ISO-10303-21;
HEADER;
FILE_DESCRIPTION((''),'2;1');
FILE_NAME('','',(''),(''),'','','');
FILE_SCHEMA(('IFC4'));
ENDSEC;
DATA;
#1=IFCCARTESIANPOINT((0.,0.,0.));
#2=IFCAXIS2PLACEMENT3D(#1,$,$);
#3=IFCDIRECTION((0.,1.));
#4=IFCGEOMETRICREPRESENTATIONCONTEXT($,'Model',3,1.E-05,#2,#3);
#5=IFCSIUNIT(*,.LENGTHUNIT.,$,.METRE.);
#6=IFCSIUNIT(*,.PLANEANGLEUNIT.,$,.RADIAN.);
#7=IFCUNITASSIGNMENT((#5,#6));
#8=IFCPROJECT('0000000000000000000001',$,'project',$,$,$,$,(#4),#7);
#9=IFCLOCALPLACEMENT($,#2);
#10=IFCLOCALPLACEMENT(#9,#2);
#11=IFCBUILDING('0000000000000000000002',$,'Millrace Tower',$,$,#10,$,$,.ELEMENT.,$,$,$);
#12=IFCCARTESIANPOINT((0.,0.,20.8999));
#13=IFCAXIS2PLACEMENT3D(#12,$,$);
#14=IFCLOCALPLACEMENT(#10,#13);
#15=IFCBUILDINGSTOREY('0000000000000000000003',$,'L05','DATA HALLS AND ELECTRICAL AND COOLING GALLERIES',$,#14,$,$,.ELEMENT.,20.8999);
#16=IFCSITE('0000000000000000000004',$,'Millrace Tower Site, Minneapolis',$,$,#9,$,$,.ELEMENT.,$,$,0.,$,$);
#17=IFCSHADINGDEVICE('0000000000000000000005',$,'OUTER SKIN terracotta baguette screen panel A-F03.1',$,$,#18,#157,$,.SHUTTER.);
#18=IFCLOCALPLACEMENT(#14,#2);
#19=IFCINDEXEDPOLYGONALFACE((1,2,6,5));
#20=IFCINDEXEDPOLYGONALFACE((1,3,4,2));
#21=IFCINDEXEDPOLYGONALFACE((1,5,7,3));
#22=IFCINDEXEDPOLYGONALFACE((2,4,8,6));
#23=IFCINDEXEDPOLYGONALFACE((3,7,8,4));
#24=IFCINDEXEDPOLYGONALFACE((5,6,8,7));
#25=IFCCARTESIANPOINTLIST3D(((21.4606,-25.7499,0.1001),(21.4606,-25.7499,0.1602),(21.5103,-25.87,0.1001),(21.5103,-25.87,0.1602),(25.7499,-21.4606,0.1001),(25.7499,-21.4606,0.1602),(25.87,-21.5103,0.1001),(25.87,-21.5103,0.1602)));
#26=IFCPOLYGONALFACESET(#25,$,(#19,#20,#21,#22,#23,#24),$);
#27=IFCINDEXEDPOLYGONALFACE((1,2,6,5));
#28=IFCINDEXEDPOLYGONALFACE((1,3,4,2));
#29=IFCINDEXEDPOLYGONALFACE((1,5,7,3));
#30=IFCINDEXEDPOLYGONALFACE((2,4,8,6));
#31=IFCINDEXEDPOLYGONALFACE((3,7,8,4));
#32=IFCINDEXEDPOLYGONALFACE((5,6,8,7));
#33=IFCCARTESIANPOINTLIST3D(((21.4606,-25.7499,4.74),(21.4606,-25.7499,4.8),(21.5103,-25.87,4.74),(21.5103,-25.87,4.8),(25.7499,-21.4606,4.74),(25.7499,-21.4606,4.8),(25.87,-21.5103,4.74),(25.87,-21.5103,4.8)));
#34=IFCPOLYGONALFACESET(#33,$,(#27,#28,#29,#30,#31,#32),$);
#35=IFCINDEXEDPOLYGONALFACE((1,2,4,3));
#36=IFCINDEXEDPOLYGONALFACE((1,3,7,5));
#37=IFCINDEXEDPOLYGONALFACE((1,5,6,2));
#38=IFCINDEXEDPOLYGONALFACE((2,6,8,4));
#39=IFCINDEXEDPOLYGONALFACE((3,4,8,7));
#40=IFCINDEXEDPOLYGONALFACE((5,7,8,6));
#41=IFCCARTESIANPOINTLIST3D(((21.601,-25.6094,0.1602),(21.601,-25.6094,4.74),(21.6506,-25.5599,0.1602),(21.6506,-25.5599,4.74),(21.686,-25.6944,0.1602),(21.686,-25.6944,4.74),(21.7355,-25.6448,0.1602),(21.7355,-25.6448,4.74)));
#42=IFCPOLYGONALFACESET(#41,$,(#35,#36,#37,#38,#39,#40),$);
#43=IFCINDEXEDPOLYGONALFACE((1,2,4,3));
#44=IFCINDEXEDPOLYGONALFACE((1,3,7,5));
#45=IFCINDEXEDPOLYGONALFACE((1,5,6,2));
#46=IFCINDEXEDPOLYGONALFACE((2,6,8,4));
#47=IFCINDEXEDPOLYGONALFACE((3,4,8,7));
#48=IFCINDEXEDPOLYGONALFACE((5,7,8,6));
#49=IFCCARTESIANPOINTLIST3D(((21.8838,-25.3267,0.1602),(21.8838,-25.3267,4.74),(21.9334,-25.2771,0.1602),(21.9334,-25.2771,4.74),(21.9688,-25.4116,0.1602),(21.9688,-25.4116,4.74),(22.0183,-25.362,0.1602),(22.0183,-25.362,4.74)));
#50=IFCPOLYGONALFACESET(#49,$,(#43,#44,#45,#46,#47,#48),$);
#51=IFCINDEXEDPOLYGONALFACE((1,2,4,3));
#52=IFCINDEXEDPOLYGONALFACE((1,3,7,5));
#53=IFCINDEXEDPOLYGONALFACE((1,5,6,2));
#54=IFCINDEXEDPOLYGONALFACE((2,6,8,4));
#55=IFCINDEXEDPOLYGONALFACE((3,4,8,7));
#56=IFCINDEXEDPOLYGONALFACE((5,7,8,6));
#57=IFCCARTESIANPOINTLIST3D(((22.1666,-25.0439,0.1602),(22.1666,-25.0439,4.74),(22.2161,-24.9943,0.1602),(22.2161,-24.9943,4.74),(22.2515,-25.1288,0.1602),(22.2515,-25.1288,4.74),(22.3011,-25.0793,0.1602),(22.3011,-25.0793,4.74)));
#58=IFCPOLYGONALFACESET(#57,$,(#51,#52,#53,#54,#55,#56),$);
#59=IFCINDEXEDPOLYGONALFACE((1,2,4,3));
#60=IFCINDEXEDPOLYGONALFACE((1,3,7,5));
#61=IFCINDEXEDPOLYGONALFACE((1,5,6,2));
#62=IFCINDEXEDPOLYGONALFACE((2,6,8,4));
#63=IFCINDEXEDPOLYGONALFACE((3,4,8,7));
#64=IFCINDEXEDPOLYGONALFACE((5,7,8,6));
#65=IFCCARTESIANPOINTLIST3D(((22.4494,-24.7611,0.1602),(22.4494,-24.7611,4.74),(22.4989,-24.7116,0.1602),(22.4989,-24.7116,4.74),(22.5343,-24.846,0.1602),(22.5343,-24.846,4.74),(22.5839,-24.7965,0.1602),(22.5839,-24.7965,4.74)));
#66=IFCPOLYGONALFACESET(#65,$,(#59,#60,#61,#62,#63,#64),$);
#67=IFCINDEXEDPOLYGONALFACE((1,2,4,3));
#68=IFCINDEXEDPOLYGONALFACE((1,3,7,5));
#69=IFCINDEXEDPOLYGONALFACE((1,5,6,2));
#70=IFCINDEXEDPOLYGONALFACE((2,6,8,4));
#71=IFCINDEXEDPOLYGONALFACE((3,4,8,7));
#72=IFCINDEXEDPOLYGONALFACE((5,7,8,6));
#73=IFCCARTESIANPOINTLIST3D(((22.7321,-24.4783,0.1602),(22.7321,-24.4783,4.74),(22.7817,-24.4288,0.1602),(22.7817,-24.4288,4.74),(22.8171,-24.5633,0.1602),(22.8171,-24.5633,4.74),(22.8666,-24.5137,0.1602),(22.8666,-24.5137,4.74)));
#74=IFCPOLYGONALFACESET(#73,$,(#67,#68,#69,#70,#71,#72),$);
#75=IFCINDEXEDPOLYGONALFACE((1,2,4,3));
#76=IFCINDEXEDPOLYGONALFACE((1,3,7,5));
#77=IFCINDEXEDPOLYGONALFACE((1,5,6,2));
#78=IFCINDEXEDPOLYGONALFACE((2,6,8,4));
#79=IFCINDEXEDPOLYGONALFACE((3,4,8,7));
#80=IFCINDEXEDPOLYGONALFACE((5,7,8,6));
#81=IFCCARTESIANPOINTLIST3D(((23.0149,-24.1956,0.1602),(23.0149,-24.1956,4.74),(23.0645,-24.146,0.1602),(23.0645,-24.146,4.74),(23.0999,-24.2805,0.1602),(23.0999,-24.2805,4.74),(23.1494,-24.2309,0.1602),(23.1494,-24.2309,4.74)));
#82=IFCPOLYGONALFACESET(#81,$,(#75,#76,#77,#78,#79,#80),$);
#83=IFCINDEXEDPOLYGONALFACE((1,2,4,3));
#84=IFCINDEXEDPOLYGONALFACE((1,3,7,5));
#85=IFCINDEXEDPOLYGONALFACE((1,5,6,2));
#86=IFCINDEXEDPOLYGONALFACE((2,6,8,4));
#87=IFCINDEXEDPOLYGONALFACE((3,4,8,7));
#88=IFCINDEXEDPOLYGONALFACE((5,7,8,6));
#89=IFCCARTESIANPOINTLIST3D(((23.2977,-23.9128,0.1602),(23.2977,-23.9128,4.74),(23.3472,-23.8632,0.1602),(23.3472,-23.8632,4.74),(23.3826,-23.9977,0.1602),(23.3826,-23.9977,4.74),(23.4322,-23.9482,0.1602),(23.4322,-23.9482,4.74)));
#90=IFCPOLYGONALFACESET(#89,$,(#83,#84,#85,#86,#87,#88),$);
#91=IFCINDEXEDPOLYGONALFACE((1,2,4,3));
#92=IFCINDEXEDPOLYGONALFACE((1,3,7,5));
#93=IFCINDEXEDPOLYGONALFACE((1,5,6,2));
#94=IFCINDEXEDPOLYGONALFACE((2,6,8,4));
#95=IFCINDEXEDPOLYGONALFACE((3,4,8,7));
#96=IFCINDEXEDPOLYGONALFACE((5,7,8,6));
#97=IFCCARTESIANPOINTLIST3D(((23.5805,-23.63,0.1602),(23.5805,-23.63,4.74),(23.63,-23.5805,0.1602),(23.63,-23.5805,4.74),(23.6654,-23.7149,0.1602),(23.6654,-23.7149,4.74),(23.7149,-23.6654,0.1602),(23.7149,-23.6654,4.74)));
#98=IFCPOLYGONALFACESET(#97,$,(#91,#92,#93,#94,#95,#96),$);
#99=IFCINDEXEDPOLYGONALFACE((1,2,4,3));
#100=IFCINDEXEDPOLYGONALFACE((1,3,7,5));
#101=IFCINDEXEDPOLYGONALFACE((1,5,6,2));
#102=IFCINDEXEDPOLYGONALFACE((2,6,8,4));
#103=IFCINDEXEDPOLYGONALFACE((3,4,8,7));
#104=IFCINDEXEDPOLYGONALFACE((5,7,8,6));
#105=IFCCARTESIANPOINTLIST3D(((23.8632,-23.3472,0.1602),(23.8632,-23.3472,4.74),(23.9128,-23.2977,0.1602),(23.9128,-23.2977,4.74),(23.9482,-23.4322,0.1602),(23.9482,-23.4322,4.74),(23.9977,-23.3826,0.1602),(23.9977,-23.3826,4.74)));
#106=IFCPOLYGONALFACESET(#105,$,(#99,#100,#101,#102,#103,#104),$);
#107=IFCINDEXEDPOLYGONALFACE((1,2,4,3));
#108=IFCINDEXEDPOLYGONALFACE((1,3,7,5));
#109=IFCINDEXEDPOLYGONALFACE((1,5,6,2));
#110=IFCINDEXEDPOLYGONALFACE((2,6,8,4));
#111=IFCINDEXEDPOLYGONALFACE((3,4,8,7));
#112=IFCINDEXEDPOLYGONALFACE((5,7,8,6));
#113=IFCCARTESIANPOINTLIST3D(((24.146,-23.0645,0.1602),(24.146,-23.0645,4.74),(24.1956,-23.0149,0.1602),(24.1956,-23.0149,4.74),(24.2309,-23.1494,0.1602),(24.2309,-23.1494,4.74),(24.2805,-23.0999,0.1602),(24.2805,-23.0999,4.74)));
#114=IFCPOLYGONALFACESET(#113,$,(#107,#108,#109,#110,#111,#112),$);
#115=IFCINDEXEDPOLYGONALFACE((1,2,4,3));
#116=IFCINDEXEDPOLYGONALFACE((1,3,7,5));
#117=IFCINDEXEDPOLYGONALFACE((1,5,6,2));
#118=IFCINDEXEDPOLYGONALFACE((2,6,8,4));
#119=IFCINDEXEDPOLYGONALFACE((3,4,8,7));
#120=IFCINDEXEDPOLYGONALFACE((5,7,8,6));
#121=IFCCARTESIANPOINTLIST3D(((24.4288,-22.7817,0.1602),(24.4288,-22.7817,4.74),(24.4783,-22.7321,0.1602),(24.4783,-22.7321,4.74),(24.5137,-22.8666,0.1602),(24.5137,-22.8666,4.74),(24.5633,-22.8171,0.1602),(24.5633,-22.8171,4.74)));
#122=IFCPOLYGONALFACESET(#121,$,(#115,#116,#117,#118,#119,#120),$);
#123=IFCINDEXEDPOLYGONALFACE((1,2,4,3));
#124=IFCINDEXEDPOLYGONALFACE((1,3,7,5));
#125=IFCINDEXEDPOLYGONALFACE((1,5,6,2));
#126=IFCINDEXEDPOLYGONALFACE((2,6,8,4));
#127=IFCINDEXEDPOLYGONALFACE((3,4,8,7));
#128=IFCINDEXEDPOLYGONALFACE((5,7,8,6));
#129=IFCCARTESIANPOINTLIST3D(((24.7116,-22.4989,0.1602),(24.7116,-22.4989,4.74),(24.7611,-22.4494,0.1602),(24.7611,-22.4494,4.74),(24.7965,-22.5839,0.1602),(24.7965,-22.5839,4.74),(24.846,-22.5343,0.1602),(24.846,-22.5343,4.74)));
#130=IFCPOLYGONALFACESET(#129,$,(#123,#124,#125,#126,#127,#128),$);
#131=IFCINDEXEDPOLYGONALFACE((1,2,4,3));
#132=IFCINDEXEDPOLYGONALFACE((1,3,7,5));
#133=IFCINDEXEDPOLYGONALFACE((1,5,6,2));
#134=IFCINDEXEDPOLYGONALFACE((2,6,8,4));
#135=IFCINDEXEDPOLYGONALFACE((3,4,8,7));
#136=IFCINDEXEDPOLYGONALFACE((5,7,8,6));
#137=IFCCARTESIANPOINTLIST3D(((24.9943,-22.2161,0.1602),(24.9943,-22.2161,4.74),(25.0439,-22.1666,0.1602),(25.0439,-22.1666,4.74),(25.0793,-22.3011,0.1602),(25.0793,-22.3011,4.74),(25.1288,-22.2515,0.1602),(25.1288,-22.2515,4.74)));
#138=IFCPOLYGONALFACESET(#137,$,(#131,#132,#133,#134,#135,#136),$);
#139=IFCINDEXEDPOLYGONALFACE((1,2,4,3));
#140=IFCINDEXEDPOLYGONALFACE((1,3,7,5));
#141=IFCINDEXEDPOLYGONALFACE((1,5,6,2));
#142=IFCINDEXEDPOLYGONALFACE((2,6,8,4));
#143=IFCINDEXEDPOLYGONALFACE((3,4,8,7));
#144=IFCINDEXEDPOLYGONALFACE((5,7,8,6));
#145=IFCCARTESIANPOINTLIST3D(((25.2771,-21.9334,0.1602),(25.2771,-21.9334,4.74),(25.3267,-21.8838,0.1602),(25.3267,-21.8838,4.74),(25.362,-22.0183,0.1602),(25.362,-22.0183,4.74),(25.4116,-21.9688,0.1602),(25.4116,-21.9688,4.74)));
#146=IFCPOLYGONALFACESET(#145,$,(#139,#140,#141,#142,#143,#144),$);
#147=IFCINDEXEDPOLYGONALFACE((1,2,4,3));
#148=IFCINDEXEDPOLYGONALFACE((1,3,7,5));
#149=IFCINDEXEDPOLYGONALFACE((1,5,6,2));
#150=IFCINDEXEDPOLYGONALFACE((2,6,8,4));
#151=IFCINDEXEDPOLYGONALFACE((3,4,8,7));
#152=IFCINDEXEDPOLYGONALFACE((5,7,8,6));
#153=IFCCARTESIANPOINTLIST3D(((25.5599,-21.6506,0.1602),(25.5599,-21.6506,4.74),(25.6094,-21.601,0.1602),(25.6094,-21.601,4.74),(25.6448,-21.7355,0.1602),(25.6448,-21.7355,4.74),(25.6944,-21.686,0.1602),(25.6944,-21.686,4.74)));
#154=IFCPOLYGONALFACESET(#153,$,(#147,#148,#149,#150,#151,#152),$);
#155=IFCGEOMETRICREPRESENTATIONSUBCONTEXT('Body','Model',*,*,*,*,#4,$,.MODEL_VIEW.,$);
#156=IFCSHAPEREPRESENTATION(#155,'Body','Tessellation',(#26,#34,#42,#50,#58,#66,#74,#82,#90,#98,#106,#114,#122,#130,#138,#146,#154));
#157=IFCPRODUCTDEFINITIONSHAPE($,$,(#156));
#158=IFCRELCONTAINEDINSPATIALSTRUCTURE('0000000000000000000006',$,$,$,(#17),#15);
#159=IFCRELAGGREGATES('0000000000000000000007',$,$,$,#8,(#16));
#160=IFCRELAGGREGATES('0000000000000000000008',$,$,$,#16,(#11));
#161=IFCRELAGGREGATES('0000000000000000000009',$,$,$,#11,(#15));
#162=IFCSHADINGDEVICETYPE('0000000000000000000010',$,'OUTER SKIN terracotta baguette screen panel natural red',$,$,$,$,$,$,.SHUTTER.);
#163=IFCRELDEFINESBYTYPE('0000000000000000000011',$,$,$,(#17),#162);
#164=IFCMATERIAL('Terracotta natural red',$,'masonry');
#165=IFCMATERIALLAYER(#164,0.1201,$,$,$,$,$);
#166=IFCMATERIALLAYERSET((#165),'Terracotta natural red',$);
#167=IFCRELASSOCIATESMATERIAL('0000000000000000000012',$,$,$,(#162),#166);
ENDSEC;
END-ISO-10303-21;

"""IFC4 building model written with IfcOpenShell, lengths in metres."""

from ifc_helpers import new_model, entity, si_unit, direction, frame, frame_2d, origin, origin_2d, place, context, subcontext, project, spatial, rectangle, extrude, source, transform, mapped, material, layer, layer_set, type_object, element, save


model = new_model("IFC4")

# Units and contexts
model_context = context("Model", 3, precision=1e-05, world=origin(), true_north=direction((0.0, 1.0)))
body_context = subcontext(model_context, "Body", "Model", "MODEL_VIEW")
ifc_project = project(units=[si_unit("LENGTHUNIT", "METRE"), si_unit("PLANEANGLEUNIT", "RADIAN")], contexts=[model_context])

# Site, building, storey
site_placement = place(None, origin())
site = spatial("IfcSite", under=ifc_project, at=site_placement, Name="Millrace Tower Site, Minneapolis", CompositionType="ELEMENT", RefElevation=0.0)
building_placement = place(site_placement, origin())
building = spatial("IfcBuilding", under=site, at=building_placement, Name="Millrace Tower", CompositionType="ELEMENT")
storey_placement = place(building_placement, frame((0.0, 0.0, 20.8999)))
storey = spatial("IfcBuildingStorey", under=building, at=storey_placement, Name="L05", Description="DATA HALLS AND ELECTRICAL AND COOLING GALLERIES", CompositionType="ELEMENT", Elevation=20.8999)

# Shading device
ifc_material_1 = material(Name="Terracotta natural red", Category="masonry")
ifc_layer_1 = layer(ifc_material_1, 0.1201)
ifc_layer_set_1 = layer_set([ifc_layer_1], Name="Terracotta natural red")
shading_device_type_1 = type_object("IfcShadingDeviceType", Name="OUTER SKIN terracotta baguette screen panel natural red", PredefinedType="SHUTTER", material=ifc_layer_set_1)
cartesian_point_1 = entity("IfcCartesianPoint", [-3.033, 0.0601])
shared_polyline_1 = entity("IfcPolyline", [cartesian_point_1, entity("IfcCartesianPoint", [3.033, 0.0601]), entity("IfcCartesianPoint", [3.0828, -0.0601]), entity("IfcCartesianPoint", [-3.0828, -0.0601]), cartesian_point_1])
shared_shape_1 = source(origin(), body_context, "Body", "SweptSolid", [
    entity("IfcExtrudedAreaSolid", entity("IfcArbitraryClosedProfileDef", "AREA", None, shared_polyline_1), entity("IfcAxis2Placement3D", entity("IfcCartesianPoint", [0.0, 0.0, 0.0])), entity("IfcDirection", [0.0, 0.0, 1.0]), 0.0601),
    entity("IfcExtrudedAreaSolid", entity("IfcArbitraryClosedProfileDef", "AREA", None, shared_polyline_1), entity("IfcAxis2Placement3D", entity("IfcCartesianPoint", [0.0, 0.0, 4.6399])), entity("IfcDirection", [0.0, 0.0, 1.0]), 0.0601),
    extrude(rectangle(XDim=0.0701, YDim=0.1201, at=frame_2d((-2.7993, 0.0))), frame((0.0, 0.0, 0.0601)), (0.0, 0.0, 1.0), 4.5798),
    extrude(rectangle(XDim=0.0701, YDim=0.1201, at=frame_2d((-2.3994, 0.0))), frame((0.0, 0.0, 0.0601)), (0.0, 0.0, 1.0), 4.5798),
    extrude(rectangle(XDim=0.0701, YDim=0.1201, at=frame_2d((-1.9995, 0.0))), frame((0.0, 0.0, 0.0601)), (0.0, 0.0, 1.0), 4.5798),
    extrude(rectangle(XDim=0.0701, YDim=0.1201, at=frame_2d((-1.5996, 0.0))), frame((0.0, 0.0, 0.0601)), (0.0, 0.0, 1.0), 4.5798),
    extrude(rectangle(XDim=0.0701, YDim=0.1201, at=frame_2d((-1.1997, 0.0))), frame((0.0, 0.0, 0.0601)), (0.0, 0.0, 1.0), 4.5798),
    extrude(rectangle(XDim=0.0701, YDim=0.1201, at=frame_2d((-0.7998, 0.0))), frame((0.0, 0.0, 0.0601)), (0.0, 0.0, 1.0), 4.5798),
    extrude(rectangle(XDim=0.0701, YDim=0.1201, at=frame_2d((-0.3999, 0.0))), frame((0.0, 0.0, 0.0601)), (0.0, 0.0, 1.0), 4.5798),
    extrude(rectangle(XDim=0.0701, YDim=0.1201, at=origin_2d()), frame((0.0, 0.0, 0.0601)), (0.0, 0.0, 1.0), 4.5798),
    extrude(rectangle(XDim=0.0701, YDim=0.1201, at=frame_2d((0.3999, 0.0))), frame((0.0, 0.0, 0.0601)), (0.0, 0.0, 1.0), 4.5798),
    extrude(rectangle(XDim=0.0701, YDim=0.1201, at=frame_2d((0.7998, 0.0))), frame((0.0, 0.0, 0.0601)), (0.0, 0.0, 1.0), 4.5798),
    extrude(rectangle(XDim=0.0701, YDim=0.1201, at=frame_2d((1.1997, 0.0))), frame((0.0, 0.0, 0.0601)), (0.0, 0.0, 1.0), 4.5798),
    extrude(rectangle(XDim=0.0701, YDim=0.1201, at=frame_2d((1.5996, 0.0))), frame((0.0, 0.0, 0.0601)), (0.0, 0.0, 1.0), 4.5798),
    extrude(rectangle(XDim=0.0701, YDim=0.1201, at=frame_2d((1.9995, 0.0))), frame((0.0, 0.0, 0.0601)), (0.0, 0.0, 1.0), 4.5798),
    extrude(rectangle(XDim=0.0701, YDim=0.1201, at=frame_2d((2.3994, 0.0))), frame((0.0, 0.0, 0.0601)), (0.0, 0.0, 1.0), 4.5798),
    extrude(rectangle(XDim=0.0701, YDim=0.1201, at=frame_2d((2.7993, 0.0))), frame((0.0, 0.0, 0.0601)), (0.0, 0.0, 1.0), 4.5798),
])
shading_device_1_placement = place(storey_placement, frame((23.6477, -23.6477, 0.1001), z_axis=(0.0, 0.0, 1.0), x_axis=(0.707107, 0.707107, 0.0)))
element("IfcShadingDevice", 1, at=shading_device_1_placement, inside=storey, type_object=shading_device_type_1, Name="OUTER SKIN terracotta baguette screen panel A-F03.1", PredefinedType="SHUTTER", context=body_context, shape_type="MappedRepresentation", body=[
    mapped(shared_shape_1, transform((0.0, 0.0, 0.0), scale=1.0)),
])

save(model, "model.ifc")
